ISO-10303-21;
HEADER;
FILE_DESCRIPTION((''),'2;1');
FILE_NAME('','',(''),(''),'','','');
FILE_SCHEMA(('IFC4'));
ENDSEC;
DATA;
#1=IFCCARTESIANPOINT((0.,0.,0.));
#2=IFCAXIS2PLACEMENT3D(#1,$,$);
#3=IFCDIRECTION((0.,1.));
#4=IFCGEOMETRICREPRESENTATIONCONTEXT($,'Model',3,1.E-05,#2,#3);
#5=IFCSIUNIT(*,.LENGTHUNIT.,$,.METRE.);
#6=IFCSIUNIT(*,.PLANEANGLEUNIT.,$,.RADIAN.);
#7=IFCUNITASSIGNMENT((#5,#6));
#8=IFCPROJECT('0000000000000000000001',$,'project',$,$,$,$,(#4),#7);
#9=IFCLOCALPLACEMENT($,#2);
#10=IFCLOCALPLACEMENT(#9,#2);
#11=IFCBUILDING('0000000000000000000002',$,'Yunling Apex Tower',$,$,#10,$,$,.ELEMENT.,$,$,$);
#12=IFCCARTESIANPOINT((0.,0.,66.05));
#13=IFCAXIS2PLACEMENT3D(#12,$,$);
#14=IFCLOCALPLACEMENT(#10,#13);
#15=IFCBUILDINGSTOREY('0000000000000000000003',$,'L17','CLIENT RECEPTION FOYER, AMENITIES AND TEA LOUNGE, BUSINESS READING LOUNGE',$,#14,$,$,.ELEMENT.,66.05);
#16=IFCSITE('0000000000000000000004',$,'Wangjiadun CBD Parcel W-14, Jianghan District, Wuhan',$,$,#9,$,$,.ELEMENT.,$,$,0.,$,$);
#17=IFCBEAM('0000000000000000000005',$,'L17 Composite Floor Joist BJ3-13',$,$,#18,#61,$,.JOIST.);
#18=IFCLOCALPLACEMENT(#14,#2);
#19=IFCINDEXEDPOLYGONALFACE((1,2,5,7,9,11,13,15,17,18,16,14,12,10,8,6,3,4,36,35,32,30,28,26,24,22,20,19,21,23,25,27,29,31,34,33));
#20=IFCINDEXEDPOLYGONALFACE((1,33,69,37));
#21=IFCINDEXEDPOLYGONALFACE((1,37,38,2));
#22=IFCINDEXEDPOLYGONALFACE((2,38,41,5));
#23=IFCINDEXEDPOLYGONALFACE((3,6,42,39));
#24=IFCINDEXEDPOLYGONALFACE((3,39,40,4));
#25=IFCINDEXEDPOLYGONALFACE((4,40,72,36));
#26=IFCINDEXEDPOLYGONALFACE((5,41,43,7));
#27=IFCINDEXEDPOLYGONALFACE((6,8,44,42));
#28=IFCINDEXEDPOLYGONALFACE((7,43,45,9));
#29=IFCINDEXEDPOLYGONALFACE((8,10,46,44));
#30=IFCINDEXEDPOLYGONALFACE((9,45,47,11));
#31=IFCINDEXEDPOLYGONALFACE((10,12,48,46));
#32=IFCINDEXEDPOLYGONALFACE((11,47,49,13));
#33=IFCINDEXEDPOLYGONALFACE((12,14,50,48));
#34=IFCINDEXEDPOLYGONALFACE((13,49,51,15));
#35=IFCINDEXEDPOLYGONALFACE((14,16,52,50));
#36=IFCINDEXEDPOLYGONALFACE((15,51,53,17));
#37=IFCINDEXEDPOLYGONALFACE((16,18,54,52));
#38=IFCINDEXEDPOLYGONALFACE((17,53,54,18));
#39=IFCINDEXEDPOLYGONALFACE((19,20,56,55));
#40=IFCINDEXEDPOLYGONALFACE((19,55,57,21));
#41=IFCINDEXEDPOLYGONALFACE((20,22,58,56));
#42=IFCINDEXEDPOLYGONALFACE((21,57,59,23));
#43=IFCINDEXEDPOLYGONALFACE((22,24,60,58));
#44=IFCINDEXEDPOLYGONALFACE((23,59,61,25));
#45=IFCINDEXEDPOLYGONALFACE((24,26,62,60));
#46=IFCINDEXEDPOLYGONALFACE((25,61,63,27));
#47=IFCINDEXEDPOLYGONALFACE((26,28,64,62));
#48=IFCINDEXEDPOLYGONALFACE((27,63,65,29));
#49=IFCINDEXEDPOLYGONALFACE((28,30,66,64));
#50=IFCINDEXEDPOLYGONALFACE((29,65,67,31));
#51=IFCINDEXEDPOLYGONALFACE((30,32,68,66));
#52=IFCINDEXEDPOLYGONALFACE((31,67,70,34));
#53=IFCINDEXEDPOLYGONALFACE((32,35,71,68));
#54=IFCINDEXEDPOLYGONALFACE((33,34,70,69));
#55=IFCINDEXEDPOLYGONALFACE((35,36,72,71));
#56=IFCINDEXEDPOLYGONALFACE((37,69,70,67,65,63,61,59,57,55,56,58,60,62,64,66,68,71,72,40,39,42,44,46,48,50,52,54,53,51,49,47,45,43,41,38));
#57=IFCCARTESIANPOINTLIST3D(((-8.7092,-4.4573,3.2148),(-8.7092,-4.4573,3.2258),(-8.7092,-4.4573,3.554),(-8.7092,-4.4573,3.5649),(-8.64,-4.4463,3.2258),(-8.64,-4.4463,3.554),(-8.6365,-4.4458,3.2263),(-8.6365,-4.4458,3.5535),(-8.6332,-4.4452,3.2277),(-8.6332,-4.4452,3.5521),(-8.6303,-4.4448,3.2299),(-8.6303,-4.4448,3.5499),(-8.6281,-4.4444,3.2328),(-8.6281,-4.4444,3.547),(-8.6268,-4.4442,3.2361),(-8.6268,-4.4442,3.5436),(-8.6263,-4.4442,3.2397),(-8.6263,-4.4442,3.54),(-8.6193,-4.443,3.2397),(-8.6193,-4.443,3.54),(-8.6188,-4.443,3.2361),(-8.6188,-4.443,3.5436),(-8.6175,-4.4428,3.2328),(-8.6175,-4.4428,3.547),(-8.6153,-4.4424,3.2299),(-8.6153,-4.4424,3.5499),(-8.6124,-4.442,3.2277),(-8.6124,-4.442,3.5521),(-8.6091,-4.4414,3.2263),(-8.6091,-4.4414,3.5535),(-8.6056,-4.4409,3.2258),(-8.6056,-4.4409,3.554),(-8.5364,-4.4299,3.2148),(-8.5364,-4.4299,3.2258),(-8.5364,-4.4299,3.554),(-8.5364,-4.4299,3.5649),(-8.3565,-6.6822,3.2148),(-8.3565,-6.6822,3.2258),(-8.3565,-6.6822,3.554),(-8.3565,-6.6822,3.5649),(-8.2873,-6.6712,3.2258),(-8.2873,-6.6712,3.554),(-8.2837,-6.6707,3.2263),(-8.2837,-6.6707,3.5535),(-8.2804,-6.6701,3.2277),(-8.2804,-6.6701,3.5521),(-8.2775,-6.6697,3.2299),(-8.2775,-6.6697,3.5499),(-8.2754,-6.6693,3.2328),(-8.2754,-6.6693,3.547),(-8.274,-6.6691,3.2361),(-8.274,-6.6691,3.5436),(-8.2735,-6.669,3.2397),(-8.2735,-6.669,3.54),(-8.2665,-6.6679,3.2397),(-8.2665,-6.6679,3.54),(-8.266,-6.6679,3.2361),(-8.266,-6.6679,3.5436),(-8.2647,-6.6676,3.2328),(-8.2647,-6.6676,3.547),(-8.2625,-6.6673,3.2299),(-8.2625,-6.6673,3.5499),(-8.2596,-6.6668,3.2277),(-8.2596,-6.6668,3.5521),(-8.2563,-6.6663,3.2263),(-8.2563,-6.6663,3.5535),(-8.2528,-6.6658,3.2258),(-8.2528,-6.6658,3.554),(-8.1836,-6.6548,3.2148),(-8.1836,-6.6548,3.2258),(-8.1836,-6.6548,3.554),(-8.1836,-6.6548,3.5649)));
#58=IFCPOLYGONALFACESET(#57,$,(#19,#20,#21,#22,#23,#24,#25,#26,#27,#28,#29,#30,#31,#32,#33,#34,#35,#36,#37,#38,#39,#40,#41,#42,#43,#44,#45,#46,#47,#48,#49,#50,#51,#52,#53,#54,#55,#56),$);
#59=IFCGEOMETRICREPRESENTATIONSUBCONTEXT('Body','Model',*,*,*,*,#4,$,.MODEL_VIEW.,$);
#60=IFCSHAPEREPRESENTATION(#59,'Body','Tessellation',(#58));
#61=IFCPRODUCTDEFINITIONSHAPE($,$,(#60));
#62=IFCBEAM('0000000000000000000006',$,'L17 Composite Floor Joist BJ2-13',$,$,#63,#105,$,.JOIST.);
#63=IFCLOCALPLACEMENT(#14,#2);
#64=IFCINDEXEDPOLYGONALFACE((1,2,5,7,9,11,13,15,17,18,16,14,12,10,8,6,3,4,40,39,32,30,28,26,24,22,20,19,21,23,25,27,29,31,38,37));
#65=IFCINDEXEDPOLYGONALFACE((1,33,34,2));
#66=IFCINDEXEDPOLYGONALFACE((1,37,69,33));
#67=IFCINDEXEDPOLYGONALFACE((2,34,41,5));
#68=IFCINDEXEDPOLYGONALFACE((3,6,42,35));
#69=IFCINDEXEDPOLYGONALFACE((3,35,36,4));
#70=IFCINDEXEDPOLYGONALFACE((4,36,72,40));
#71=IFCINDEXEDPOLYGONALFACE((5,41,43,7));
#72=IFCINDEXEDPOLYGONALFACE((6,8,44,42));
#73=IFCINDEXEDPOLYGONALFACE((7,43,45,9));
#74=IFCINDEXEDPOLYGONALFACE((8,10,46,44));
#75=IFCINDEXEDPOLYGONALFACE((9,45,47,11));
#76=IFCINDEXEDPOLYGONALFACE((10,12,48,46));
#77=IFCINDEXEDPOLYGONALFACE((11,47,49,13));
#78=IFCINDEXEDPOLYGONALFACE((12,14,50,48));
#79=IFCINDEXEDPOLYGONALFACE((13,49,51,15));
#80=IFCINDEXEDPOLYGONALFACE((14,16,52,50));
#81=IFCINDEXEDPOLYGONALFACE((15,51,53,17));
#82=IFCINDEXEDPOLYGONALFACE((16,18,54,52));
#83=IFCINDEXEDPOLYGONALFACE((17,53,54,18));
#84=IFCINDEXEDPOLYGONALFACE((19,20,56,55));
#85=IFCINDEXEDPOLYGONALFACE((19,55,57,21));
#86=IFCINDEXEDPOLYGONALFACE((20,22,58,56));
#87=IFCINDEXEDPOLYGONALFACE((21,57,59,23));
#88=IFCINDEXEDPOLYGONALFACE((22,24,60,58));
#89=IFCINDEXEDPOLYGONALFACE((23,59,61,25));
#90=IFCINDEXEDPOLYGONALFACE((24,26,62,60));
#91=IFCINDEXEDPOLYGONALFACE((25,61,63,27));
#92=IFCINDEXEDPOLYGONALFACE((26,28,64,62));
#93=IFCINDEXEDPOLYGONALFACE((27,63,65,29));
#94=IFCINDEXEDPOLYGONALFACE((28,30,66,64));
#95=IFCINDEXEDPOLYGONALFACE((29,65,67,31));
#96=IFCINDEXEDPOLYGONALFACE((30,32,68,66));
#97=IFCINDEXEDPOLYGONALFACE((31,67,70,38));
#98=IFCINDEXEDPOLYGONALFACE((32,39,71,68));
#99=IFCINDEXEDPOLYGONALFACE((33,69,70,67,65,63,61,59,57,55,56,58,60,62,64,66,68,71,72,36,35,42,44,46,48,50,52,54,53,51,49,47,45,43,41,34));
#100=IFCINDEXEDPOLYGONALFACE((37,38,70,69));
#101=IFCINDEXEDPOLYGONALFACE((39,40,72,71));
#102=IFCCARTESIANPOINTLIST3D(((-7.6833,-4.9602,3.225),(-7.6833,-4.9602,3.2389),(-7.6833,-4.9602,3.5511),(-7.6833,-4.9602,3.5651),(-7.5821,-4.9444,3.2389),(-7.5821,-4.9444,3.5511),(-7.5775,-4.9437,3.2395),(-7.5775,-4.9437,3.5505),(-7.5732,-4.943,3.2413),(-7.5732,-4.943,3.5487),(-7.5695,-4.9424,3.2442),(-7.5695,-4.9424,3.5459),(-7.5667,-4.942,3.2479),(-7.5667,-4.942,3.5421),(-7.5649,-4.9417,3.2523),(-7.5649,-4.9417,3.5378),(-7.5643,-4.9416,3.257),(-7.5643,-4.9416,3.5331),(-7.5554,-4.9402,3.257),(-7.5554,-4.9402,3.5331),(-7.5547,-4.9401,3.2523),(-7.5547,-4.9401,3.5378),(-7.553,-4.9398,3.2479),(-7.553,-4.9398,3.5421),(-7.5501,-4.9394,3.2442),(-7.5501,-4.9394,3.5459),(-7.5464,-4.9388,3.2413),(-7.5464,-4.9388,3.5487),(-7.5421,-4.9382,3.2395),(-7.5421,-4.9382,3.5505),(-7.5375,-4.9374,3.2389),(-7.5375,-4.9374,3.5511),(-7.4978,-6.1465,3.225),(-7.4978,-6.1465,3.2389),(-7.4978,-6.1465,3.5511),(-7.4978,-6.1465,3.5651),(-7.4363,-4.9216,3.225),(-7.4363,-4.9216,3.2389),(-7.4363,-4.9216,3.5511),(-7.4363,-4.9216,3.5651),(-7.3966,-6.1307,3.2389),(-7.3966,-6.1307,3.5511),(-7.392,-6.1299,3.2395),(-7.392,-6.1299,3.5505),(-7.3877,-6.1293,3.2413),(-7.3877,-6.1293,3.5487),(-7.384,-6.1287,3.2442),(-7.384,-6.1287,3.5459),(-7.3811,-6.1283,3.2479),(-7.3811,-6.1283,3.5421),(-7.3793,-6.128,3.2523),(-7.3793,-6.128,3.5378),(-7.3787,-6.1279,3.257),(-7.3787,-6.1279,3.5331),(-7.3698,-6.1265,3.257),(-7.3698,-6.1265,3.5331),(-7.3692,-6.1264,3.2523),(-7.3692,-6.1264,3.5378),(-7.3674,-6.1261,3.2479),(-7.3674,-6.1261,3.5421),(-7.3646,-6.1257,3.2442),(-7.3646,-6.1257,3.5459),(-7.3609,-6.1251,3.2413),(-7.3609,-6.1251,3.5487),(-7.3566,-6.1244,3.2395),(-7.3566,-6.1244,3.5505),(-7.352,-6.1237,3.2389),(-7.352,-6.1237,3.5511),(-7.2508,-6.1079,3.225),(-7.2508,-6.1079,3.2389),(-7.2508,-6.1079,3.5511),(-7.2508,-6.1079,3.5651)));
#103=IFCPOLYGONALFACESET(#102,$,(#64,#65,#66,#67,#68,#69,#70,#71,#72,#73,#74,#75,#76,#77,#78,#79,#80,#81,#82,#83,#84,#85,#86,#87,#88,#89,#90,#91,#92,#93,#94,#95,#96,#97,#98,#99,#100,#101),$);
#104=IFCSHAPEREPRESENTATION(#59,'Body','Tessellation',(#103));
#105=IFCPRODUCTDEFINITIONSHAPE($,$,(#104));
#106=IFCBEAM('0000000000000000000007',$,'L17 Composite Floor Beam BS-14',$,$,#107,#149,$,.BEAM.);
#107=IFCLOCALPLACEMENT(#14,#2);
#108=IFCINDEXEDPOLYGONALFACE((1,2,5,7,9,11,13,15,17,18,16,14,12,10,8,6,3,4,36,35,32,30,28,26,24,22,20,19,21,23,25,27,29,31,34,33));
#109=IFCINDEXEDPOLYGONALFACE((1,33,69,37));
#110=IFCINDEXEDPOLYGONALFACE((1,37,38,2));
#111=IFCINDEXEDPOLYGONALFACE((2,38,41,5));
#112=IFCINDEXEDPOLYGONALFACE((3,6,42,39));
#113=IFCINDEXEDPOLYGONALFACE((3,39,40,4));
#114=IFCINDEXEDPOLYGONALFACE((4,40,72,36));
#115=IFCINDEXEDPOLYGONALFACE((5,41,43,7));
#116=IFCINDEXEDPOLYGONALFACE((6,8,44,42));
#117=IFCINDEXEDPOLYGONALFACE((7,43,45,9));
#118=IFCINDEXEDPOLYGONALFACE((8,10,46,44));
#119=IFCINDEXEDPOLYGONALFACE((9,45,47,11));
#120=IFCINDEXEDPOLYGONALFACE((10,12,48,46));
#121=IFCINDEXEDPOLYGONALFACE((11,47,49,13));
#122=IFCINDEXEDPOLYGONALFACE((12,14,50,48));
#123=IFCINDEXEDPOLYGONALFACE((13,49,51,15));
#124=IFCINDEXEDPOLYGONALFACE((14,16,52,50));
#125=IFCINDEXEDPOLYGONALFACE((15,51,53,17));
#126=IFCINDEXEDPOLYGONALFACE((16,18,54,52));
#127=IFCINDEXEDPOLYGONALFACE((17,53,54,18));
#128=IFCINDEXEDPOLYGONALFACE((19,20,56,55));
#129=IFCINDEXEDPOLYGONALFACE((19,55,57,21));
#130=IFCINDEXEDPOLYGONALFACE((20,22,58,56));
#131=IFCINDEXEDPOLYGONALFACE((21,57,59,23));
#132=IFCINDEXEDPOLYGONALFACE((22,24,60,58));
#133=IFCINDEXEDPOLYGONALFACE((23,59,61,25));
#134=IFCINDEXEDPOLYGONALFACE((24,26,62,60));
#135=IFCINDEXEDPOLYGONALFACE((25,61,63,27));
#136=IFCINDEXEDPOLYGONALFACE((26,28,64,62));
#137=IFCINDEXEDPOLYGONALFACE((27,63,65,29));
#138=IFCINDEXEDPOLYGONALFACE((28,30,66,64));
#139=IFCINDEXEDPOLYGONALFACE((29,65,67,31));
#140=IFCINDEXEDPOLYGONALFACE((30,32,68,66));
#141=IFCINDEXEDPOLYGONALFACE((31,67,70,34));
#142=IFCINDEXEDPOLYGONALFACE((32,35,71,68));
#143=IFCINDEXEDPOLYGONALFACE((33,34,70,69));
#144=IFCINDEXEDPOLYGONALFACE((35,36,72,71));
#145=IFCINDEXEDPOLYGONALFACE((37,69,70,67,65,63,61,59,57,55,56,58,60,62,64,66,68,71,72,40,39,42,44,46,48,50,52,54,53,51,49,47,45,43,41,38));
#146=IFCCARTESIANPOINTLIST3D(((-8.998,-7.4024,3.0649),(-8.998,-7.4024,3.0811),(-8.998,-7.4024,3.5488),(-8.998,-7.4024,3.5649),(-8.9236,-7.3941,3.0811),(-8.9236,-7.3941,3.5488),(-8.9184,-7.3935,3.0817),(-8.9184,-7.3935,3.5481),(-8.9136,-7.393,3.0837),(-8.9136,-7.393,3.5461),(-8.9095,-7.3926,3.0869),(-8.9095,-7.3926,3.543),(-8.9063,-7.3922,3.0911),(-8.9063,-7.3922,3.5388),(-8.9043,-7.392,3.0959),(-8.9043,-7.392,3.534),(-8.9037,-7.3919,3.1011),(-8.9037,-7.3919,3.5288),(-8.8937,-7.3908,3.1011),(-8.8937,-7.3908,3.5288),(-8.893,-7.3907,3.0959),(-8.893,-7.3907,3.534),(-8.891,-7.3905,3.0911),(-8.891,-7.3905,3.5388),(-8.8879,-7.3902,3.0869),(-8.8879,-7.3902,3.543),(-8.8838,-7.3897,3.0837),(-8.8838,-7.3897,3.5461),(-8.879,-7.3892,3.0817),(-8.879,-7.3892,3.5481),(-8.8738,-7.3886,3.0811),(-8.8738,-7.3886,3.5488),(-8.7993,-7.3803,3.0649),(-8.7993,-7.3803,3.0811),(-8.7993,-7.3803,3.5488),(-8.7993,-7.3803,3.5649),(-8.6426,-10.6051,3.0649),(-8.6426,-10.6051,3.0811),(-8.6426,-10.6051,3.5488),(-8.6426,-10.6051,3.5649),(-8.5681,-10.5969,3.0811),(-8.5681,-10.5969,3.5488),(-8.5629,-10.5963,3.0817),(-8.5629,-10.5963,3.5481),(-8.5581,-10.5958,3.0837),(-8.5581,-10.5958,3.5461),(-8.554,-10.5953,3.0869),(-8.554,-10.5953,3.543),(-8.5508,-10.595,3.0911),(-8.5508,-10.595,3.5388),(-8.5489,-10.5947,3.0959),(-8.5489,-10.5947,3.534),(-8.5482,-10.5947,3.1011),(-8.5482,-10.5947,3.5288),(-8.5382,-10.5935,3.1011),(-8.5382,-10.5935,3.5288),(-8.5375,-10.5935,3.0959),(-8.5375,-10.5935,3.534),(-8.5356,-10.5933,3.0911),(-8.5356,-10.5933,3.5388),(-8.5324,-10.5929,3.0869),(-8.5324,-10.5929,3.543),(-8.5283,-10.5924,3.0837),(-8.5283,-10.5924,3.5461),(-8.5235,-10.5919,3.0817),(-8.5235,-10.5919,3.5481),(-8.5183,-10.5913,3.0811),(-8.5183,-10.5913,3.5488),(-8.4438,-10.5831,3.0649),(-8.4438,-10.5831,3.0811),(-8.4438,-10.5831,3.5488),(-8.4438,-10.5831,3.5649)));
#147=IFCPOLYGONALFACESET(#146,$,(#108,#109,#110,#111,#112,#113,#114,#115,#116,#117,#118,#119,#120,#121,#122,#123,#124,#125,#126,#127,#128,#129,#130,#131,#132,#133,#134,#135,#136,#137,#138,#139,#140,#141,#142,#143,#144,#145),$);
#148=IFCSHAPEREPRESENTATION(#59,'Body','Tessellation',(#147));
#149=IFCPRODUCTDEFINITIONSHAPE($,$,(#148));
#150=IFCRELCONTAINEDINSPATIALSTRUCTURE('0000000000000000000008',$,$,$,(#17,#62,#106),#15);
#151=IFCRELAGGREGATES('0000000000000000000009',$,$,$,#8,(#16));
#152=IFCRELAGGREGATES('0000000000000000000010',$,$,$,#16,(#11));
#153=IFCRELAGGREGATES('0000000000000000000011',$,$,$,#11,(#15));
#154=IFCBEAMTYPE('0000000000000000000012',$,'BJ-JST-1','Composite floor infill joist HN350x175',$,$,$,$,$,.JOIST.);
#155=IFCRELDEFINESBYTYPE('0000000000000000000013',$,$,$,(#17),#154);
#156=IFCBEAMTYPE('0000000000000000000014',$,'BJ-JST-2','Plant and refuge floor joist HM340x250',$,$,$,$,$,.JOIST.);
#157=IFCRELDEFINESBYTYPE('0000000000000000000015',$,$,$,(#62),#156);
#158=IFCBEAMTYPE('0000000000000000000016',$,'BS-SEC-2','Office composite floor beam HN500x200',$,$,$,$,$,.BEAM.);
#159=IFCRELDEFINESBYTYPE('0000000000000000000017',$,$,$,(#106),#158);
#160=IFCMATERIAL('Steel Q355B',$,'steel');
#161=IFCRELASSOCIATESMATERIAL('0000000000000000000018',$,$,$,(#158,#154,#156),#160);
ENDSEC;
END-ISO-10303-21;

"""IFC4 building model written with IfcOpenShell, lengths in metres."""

from ifc_helpers import new_model, si_unit, direction, frame, origin, origin_2d, place, context, subcontext, project, spatial, i_section, extrude, source, transform, mapped, material, material_profile, profile_set, type_object, element, save


model = new_model("IFC4")

# Units and contexts
model_context = context("Model", 3, precision=1e-05, world=origin(), true_north=direction((0.0, 1.0)))
body_context = subcontext(model_context, "Body", "Model", "MODEL_VIEW")
ifc_project = project(units=[si_unit("LENGTHUNIT", "METRE"), si_unit("PLANEANGLEUNIT", "RADIAN")], contexts=[model_context])

# Site, building, storey
site_placement = place(None, origin())
site = spatial("IfcSite", under=ifc_project, at=site_placement, Name="Wangjiadun CBD Parcel W-14, Jianghan District, Wuhan", CompositionType="ELEMENT", RefElevation=0.0)
building_placement = place(site_placement, origin())
building = spatial("IfcBuilding", under=site, at=building_placement, Name="Yunling Apex Tower", CompositionType="ELEMENT")
storey_placement = place(building_placement, frame((0.0, 0.0, 66.05)))
storey = spatial("IfcBuildingStorey", under=building, at=storey_placement, Name="L17", Description="CLIENT RECEPTION FOYER, AMENITIES AND TEA LOUNGE, BUSINESS READING LOUNGE", CompositionType="ELEMENT", Elevation=66.05)

# Beams
ifc_material_1 = material(Name="Steel Q355B", Category="steel")
ifc_material_profile_1 = material_profile(ifc_material_1, i_section(OverallWidth=0.2, OverallDepth=0.5, WebThickness=0.01, FlangeThickness=0.0161, FilletRadius=0.02, at=origin_2d()))
ifc_profile_set_1 = profile_set([ifc_material_profile_1], Name="Steel Q355B")
beam_type_1 = type_object("IfcBeamType", Name="BS-SEC-2", Description="Office composite floor beam HN500x200", PredefinedType="BEAM", material=ifc_profile_set_1)
ifc_material_profile_2 = material_profile(ifc_material_1, i_section(OverallWidth=0.175, OverallDepth=0.3501, WebThickness=0.0071, FlangeThickness=0.011, FilletRadius=0.0139, at=origin_2d()))
ifc_profile_set_2 = profile_set([ifc_material_profile_2], Name="Steel Q355B")
beam_type_2 = type_object("IfcBeamType", Name="BJ-JST-1", Description="Composite floor infill joist HN350x175", PredefinedType="JOIST", material=ifc_profile_set_2)
shared_shape_1 = source(origin(), body_context, "Body", "SweptSolid", [
    extrude(i_section(OverallWidth=0.175, OverallDepth=0.3501, WebThickness=0.0071, FlangeThickness=0.011, FilletRadius=0.0139, at=origin_2d()), origin(), (0.0, 0.0, 1.0), 2.2527),
])
beam_1_placement = place(storey_placement, frame((-8.6228, -4.4436, 3.3899), z_axis=(0.156608, -0.987661, 0.0), x_axis=(0.987661, 0.156608, 0.0)))
element("IfcBeam", 1, at=beam_1_placement, inside=storey, type_object=beam_type_2, Name="L17 Composite Floor Joist BJ3-13", PredefinedType="JOIST", context=body_context, shape_type="MappedRepresentation", body=[
    mapped(shared_shape_1, transform((0.0, 0.0, 0.0), scale=1.0)),
])
ifc_material_profile_3 = material_profile(ifc_material_1, i_section(OverallWidth=0.25, OverallDepth=0.3401, WebThickness=0.009, FlangeThickness=0.0139, FilletRadius=0.0181, at=origin_2d()))
ifc_profile_set_3 = profile_set([ifc_material_profile_3], Name="Steel Q355B")
beam_type_3 = type_object("IfcBeamType", Name="BJ-JST-2", Description="Plant and refuge floor joist HM340x250", PredefinedType="JOIST", material=ifc_profile_set_3)
shared_shape_2 = source(origin(), body_context, "Body", "SweptSolid", [
    extrude(i_section(OverallWidth=0.25, OverallDepth=0.3401, WebThickness=0.009, FlangeThickness=0.0139, FilletRadius=0.0181, at=origin_2d()), origin(), (0.0, 0.0, 1.0), 1.2007),
])
beam_2_placement = place(storey_placement, frame((-7.5598, -4.9409, 3.395), z_axis=(0.154532, -0.987988, 0.0), x_axis=(0.987988, 0.154532, 0.0)))
element("IfcBeam", 2, at=beam_2_placement, inside=storey, type_object=beam_type_3, Name="L17 Composite Floor Joist BJ2-13", PredefinedType="JOIST", context=body_context, shape_type="MappedRepresentation", body=[
    mapped(shared_shape_2, transform((0.0, 0.0, 0.0), scale=1.0)),
])
shared_shape_3 = source(origin(), body_context, "Body", "SweptSolid", [
    extrude(i_section(OverallWidth=0.2, OverallDepth=0.5, WebThickness=0.01, FlangeThickness=0.0161, FilletRadius=0.02, at=origin_2d()), origin(), (0.0, 0.0, 1.0), 3.2224),
])
beam_3_placement = place(storey_placement, frame((-8.8987, -7.3914, 3.3149), z_axis=(0.110315, -0.993897, 0.0), x_axis=(0.993897, 0.110315, 0.0)))
element("IfcBeam", 3, at=beam_3_placement, inside=storey, type_object=beam_type_1, Name="L17 Composite Floor Beam BS-14", PredefinedType="BEAM", context=body_context, shape_type="MappedRepresentation", body=[
    mapped(shared_shape_3, transform((0.0, 0.0, 0.0), scale=1.0)),
])

save(model, "model.ifc")
